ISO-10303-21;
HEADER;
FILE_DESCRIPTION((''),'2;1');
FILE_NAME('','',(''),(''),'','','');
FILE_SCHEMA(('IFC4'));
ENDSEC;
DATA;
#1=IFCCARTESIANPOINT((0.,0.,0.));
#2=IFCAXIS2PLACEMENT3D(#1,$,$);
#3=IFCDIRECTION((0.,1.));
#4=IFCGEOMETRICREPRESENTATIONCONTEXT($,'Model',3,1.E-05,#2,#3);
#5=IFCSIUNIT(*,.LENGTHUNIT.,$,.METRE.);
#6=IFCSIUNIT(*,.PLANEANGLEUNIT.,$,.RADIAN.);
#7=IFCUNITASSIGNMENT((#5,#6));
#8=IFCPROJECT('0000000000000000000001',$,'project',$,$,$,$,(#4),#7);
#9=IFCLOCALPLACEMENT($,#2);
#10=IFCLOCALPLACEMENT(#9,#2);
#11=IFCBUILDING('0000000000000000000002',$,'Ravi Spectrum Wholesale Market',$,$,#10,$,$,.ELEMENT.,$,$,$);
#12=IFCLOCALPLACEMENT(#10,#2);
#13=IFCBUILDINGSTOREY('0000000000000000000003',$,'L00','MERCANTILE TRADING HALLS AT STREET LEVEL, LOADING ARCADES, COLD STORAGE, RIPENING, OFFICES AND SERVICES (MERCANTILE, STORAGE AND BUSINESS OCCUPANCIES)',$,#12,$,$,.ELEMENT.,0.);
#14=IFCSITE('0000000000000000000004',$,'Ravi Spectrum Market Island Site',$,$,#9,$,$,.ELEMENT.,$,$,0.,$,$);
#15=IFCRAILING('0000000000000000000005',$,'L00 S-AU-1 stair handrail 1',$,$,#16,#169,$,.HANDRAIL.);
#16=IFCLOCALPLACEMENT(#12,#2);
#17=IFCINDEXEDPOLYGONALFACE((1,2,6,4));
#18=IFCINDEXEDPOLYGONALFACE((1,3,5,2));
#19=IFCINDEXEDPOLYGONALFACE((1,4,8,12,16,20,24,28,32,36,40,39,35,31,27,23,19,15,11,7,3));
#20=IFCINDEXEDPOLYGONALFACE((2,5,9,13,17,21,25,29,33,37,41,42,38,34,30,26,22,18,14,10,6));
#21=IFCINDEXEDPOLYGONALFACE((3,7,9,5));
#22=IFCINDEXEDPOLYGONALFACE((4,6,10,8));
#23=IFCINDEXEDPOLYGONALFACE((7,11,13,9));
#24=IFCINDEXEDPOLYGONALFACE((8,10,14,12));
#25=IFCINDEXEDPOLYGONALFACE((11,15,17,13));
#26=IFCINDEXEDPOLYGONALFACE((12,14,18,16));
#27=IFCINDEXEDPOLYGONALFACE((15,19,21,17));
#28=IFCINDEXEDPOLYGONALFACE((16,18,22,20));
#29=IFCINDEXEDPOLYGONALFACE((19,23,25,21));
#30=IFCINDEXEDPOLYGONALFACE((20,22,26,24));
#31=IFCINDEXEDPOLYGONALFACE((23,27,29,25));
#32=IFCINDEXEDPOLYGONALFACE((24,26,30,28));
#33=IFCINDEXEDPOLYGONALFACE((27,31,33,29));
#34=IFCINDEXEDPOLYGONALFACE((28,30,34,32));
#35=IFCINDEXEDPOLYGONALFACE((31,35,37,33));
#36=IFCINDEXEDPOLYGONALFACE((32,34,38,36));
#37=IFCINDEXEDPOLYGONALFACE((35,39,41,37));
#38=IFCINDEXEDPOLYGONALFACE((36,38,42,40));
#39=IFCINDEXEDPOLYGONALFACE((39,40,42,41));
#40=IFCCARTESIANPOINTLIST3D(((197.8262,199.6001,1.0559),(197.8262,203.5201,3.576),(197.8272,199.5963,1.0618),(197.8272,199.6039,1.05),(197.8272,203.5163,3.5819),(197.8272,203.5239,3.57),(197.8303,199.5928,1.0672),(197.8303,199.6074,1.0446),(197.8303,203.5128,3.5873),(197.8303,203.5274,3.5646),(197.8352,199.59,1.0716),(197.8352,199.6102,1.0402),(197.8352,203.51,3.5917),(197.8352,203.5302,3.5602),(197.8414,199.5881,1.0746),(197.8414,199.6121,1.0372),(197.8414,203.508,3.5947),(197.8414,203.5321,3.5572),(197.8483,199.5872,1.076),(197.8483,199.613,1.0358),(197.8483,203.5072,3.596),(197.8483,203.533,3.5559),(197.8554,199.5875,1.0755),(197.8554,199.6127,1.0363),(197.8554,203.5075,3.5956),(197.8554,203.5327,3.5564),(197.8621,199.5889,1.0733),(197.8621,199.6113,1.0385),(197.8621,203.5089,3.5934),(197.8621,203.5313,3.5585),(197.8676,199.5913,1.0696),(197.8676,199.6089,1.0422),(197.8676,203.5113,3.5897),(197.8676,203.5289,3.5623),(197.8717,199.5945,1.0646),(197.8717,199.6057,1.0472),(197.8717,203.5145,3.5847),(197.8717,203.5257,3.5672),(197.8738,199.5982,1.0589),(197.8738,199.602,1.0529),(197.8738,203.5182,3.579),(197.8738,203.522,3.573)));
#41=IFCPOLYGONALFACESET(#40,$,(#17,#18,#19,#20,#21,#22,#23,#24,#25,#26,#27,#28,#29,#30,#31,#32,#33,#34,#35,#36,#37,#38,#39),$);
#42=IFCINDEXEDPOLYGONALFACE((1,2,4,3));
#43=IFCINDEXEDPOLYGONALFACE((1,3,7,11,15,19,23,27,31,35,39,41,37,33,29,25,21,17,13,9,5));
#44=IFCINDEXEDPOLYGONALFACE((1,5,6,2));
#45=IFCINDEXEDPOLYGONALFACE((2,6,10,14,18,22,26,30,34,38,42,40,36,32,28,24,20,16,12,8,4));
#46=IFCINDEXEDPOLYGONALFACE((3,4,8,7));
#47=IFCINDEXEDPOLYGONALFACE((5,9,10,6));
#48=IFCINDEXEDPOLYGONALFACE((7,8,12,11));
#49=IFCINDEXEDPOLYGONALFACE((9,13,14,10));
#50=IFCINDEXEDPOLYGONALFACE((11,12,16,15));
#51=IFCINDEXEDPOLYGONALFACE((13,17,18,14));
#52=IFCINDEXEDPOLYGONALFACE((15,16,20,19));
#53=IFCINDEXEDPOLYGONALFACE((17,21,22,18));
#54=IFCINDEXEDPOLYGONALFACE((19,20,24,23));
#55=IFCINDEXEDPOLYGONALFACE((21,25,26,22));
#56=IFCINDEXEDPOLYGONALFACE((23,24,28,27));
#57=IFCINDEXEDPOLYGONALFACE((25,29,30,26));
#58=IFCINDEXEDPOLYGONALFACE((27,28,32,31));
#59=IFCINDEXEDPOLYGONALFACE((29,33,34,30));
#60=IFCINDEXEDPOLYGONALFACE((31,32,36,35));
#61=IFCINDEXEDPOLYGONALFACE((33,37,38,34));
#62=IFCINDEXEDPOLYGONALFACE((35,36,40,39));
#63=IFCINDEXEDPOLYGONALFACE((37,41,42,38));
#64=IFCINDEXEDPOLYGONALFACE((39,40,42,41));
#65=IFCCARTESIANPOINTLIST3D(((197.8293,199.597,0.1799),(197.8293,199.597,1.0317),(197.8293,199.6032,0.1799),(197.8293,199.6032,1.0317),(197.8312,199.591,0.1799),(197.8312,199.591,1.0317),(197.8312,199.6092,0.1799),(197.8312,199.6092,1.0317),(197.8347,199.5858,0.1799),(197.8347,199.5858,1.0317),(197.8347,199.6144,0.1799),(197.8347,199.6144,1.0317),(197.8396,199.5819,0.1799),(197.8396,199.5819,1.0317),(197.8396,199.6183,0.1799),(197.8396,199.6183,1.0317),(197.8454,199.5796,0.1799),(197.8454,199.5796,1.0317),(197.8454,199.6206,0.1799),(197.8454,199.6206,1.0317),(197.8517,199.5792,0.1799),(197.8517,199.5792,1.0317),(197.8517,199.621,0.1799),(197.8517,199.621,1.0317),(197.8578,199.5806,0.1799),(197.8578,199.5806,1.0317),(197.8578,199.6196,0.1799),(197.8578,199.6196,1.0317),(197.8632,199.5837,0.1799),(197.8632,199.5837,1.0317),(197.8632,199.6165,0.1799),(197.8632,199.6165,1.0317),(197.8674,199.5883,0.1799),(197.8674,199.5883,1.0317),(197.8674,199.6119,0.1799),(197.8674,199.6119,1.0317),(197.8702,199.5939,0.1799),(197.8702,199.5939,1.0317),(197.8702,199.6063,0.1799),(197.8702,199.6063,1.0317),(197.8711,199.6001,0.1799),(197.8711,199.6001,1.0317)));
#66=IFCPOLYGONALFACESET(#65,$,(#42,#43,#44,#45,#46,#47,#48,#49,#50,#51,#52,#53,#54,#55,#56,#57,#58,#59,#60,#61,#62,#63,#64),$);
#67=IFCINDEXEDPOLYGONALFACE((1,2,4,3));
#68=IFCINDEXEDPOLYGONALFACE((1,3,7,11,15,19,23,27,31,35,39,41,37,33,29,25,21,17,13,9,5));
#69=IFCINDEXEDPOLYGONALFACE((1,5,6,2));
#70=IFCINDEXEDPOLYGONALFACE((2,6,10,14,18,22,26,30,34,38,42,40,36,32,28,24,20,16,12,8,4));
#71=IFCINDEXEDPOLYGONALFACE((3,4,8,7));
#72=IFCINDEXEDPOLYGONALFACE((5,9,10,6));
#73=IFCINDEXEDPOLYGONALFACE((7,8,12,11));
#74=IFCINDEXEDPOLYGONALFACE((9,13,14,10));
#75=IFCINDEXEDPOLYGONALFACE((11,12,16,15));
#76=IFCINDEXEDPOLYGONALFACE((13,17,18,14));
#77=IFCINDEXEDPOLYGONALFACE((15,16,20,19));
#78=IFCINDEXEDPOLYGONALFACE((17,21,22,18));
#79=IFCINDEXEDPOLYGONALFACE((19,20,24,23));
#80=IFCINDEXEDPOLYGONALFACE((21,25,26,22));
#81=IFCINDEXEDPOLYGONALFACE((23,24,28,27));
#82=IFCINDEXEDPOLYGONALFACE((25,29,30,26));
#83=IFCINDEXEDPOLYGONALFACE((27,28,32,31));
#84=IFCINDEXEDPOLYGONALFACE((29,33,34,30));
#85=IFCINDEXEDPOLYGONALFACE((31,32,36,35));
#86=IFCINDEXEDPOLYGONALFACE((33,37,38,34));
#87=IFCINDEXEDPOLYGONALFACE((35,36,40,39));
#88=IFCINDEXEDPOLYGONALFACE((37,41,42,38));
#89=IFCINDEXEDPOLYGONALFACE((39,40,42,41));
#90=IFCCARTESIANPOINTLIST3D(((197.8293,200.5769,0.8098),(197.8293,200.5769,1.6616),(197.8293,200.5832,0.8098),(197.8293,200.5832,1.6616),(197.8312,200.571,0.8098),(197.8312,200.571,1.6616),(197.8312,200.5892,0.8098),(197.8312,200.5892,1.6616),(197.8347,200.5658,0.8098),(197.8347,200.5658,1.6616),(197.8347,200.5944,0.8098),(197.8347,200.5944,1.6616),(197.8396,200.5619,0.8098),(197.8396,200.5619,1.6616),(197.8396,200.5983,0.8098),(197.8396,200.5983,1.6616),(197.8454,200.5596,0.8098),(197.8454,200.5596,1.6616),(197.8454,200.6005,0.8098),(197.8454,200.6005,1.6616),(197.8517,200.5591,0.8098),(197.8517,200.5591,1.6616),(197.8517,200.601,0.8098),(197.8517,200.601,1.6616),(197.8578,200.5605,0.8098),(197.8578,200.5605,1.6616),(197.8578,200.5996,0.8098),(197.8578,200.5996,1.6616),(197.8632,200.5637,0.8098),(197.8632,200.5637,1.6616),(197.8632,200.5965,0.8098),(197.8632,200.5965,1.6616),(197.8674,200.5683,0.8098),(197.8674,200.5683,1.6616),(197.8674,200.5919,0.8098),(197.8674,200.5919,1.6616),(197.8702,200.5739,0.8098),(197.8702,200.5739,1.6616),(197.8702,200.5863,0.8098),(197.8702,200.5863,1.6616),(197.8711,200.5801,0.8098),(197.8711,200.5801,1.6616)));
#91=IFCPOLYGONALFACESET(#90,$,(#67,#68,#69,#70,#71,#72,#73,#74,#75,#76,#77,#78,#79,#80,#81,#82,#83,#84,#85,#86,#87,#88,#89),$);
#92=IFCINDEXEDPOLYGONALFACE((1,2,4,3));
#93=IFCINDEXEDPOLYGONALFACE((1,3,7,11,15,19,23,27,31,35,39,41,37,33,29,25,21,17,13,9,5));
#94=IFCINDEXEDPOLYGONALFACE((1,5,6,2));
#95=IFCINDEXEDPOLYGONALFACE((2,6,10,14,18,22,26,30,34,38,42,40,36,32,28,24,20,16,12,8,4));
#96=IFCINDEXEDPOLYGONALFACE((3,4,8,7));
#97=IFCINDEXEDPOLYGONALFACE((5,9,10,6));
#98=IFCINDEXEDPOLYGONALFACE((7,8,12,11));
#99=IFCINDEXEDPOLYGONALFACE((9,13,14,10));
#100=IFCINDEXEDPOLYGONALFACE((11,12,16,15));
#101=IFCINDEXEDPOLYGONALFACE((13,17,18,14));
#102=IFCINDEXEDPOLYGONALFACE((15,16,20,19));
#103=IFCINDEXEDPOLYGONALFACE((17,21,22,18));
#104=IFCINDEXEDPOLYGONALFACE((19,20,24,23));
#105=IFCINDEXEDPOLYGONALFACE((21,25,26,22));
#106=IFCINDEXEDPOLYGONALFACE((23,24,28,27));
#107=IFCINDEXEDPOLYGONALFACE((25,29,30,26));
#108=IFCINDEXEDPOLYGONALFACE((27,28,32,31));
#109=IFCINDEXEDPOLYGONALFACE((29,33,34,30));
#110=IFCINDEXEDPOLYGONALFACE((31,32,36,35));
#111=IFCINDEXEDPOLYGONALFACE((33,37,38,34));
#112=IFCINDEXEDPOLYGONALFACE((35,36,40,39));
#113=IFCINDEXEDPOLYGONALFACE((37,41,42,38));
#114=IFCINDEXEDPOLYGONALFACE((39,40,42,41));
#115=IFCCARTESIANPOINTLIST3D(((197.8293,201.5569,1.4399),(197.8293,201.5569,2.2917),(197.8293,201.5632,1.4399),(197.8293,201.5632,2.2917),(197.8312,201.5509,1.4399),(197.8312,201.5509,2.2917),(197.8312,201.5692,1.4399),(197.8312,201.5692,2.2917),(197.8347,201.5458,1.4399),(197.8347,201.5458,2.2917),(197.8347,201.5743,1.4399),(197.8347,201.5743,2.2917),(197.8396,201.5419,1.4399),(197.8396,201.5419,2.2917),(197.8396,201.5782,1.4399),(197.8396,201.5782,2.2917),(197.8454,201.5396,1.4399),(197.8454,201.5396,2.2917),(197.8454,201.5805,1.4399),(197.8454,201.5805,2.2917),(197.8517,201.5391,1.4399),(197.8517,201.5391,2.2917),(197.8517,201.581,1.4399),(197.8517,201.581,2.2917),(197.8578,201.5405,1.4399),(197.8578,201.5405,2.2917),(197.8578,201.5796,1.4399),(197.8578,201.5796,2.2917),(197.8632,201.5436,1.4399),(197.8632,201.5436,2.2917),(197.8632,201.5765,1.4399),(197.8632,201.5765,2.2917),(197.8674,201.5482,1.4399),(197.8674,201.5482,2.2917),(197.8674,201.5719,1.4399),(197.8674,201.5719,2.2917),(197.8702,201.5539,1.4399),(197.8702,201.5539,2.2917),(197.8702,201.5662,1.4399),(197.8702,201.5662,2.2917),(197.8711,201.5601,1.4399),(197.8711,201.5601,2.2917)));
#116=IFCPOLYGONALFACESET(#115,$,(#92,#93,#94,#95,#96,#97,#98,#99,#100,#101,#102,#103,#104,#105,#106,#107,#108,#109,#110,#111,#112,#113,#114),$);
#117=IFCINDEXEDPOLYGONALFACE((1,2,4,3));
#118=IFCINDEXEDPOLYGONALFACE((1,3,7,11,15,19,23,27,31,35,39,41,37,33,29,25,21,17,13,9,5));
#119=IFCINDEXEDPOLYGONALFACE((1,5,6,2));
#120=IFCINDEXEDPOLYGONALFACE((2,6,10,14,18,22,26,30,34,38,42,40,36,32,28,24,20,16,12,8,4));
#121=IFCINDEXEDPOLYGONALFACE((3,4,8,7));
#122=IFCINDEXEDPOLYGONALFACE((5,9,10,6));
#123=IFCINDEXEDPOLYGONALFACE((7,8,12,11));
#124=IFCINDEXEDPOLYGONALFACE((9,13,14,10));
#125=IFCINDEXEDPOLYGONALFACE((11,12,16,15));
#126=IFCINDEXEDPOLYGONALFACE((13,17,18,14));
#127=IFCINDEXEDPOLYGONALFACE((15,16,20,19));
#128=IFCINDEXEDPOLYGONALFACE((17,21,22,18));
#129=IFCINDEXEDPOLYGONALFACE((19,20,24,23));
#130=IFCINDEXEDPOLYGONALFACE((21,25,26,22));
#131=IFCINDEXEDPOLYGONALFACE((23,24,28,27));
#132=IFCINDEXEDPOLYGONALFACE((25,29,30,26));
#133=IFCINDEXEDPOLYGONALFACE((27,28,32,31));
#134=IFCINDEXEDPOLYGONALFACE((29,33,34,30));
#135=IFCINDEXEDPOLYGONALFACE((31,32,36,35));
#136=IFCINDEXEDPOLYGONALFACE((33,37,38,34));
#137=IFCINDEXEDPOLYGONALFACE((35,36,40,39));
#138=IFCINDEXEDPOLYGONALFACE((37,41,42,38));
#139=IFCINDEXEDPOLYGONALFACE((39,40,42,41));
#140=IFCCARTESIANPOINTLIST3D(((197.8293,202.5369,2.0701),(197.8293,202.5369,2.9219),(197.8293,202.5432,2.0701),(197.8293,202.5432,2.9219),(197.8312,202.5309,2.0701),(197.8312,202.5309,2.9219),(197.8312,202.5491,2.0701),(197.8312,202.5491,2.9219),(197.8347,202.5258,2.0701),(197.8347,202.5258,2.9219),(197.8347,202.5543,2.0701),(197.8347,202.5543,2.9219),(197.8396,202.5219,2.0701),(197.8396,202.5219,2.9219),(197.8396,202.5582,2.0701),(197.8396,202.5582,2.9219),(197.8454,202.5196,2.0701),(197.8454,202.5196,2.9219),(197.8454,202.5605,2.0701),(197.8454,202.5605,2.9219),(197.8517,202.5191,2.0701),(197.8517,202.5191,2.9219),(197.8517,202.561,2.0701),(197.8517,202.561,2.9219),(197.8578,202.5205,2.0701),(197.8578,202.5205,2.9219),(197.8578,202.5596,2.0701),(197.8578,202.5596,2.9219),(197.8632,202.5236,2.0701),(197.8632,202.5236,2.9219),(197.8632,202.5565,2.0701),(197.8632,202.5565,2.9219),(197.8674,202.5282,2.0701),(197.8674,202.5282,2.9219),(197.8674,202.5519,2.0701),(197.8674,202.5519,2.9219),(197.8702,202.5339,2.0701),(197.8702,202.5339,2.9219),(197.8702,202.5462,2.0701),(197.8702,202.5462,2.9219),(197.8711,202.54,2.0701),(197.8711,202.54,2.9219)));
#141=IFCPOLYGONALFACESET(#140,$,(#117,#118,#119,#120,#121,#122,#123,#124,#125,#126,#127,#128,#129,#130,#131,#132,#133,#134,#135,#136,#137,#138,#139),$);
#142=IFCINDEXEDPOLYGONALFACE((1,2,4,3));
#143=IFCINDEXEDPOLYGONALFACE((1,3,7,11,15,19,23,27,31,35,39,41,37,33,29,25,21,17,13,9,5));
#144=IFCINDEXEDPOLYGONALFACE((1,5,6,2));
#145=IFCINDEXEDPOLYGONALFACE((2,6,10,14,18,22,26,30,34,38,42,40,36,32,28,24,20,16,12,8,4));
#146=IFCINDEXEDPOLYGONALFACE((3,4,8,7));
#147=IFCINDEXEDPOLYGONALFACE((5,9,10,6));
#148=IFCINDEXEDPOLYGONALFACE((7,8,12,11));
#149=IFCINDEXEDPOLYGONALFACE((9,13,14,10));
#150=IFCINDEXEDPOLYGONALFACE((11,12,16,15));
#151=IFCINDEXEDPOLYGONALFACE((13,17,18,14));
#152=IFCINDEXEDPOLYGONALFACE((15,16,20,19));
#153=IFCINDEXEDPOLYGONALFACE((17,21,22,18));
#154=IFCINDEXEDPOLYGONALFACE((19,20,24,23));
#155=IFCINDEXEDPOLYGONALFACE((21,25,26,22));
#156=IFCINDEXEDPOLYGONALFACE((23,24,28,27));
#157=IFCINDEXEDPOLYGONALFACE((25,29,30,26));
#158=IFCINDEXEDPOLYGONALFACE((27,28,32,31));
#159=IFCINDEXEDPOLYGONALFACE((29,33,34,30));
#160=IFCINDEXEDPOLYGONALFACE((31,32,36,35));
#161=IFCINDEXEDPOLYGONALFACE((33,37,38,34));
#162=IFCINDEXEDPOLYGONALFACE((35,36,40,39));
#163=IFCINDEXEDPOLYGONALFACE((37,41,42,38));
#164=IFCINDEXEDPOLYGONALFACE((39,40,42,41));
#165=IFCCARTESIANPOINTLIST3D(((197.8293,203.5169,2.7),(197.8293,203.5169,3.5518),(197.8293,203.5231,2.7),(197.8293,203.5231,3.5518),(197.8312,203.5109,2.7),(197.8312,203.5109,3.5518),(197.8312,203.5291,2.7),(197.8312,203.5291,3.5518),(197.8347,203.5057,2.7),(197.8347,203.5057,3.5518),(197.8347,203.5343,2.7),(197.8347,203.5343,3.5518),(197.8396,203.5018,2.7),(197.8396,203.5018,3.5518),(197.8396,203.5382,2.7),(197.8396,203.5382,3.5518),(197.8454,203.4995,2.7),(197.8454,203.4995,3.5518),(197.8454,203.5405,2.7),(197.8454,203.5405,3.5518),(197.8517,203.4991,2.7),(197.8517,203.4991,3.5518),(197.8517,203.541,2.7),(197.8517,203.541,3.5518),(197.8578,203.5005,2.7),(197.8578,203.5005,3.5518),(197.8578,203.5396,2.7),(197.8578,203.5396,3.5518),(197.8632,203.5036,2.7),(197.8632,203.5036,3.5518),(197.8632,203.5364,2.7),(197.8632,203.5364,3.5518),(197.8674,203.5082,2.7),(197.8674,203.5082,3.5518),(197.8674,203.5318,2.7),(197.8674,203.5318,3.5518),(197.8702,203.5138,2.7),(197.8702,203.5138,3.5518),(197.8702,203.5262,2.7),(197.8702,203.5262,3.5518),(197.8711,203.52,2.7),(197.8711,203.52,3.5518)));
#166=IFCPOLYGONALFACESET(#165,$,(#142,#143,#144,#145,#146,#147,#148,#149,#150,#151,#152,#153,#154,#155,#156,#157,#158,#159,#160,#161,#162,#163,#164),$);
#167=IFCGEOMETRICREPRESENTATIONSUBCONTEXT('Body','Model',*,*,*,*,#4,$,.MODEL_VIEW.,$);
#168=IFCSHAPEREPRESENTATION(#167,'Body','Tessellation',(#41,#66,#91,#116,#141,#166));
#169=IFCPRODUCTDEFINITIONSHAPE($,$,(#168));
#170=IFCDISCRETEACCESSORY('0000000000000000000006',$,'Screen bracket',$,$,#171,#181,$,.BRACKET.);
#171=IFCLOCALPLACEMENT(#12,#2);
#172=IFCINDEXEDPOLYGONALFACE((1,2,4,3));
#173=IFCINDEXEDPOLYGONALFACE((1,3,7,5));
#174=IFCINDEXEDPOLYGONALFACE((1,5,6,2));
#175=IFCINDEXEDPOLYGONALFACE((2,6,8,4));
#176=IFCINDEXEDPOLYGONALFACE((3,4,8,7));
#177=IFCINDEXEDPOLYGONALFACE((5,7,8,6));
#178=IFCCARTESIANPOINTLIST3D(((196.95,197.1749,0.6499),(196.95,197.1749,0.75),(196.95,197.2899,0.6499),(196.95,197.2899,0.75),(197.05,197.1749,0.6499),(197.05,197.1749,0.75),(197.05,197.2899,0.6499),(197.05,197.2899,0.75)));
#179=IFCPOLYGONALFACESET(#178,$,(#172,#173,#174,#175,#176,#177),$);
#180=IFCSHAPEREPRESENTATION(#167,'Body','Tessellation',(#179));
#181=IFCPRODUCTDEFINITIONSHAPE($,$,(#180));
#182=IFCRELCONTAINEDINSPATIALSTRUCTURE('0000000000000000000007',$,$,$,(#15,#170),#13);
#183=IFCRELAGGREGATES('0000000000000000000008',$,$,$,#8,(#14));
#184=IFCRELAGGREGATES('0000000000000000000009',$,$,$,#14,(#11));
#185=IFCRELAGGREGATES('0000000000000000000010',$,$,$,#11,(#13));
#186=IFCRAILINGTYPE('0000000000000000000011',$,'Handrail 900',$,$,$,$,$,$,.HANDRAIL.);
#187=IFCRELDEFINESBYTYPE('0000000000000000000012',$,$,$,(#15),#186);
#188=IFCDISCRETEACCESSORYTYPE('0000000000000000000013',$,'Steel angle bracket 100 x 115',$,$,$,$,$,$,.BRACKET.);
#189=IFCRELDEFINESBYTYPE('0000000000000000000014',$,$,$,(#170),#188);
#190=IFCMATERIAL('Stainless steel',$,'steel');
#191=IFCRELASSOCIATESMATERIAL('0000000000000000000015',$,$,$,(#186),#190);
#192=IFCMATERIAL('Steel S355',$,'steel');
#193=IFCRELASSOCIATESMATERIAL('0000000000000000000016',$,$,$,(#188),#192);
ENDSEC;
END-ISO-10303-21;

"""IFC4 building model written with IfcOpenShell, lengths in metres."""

from ifc_helpers import new_model, si_unit, direction, frame, origin, origin_2d, place, context, subcontext, project, spatial, rectangle, circle, extrude, material, type_object, element, save


model = new_model("IFC4")

# Units and contexts
model_context = context("Model", 3, precision=1e-05, world=origin(), true_north=direction((0.0, 1.0)))
body_context = subcontext(model_context, "Body", "Model", "MODEL_VIEW")
ifc_project = project(units=[si_unit("LENGTHUNIT", "METRE"), si_unit("PLANEANGLEUNIT", "RADIAN")], contexts=[model_context])

# Site, building, storey
site_placement = place(None, origin())
site = spatial("IfcSite", under=ifc_project, at=site_placement, Name="Ravi Spectrum Market Island Site", CompositionType="ELEMENT", RefElevation=0.0)
building_placement = place(site_placement, origin())
building = spatial("IfcBuilding", under=site, at=building_placement, Name="Ravi Spectrum Wholesale Market", CompositionType="ELEMENT")
storey_placement = place(building_placement, origin())
storey = spatial("IfcBuildingStorey", under=building, at=storey_placement, Name="L00", Description="MERCANTILE TRADING HALLS AT STREET LEVEL, LOADING ARCADES, COLD STORAGE, RIPENING, OFFICES AND SERVICES (MERCANTILE, STORAGE AND BUSINESS OCCUPANCIES)", CompositionType="ELEMENT", Elevation=0.0)

# Railing
ifc_material_1 = material(Name="Stainless steel", Category="steel")
railing_type_1 = type_object("IfcRailingType", Name="Handrail 900", PredefinedType="HANDRAIL", material=ifc_material_1)
railing_1_placement = place(storey_placement, frame((197.8501, 199.6001, 0.1799)))
element("IfcRailing", 1, at=railing_1_placement, inside=storey, type_object=railing_type_1, Name="L00 S-AU-1 stair handrail 1", PredefinedType="HANDRAIL", context=body_context, shape_type="SweptSolid", body=[
    extrude(circle(Radius=0.0239, at=origin_2d()), frame((0.0, 0.0, 0.876), z_axis=(0.0, 0.841172, 0.540768), x_axis=(-1.0, 0.0, 0.0)), (0.0, 0.0, 1.0), 4.6602),
    extrude(circle(Radius=0.021, at=origin_2d()), origin(), (0.0, 0.0, 1.0), 0.8518),
    extrude(circle(Radius=0.021, at=origin_2d()), frame((0.0, 0.98, 0.6299)), (0.0, 0.0, 1.0), 0.8518),
    extrude(circle(Radius=0.021, at=origin_2d()), frame((0.0, 1.96, 1.26)), (0.0, 0.0, 1.0), 0.8518),
    extrude(circle(Radius=0.021, at=origin_2d()), frame((0.0, 2.9399, 1.8901)), (0.0, 0.0, 1.0), 0.8518),
    extrude(circle(Radius=0.021, at=origin_2d()), frame((0.0, 3.9199, 2.52)), (0.0, 0.0, 1.0), 0.8518),
])

# Discrete accessory
ifc_material_2 = material(Name="Steel S355", Category="steel")
discrete_accessory_type = type_object("IfcDiscreteAccessoryType", Name="Steel angle bracket 100 x 115", PredefinedType="BRACKET", material=ifc_material_2)
discrete_accessory_placement = place(storey_placement, frame((197.0, 197.2324, 0.6499), z_axis=(0.0, 0.0, 1.0), x_axis=(1.0, 0.0, 0.0)))
element("IfcDiscreteAccessory", 2, at=discrete_accessory_placement, inside=storey, type_object=discrete_accessory_type, Name="Screen bracket", PredefinedType="BRACKET", context=body_context, shape_type="SweptSolid", body=[
    extrude(rectangle(XDim=0.1001, YDim=0.115, at=origin_2d()), origin(), (0.0, 0.0, 1.0), 0.1001),
])

save(model, "model.ifc")
